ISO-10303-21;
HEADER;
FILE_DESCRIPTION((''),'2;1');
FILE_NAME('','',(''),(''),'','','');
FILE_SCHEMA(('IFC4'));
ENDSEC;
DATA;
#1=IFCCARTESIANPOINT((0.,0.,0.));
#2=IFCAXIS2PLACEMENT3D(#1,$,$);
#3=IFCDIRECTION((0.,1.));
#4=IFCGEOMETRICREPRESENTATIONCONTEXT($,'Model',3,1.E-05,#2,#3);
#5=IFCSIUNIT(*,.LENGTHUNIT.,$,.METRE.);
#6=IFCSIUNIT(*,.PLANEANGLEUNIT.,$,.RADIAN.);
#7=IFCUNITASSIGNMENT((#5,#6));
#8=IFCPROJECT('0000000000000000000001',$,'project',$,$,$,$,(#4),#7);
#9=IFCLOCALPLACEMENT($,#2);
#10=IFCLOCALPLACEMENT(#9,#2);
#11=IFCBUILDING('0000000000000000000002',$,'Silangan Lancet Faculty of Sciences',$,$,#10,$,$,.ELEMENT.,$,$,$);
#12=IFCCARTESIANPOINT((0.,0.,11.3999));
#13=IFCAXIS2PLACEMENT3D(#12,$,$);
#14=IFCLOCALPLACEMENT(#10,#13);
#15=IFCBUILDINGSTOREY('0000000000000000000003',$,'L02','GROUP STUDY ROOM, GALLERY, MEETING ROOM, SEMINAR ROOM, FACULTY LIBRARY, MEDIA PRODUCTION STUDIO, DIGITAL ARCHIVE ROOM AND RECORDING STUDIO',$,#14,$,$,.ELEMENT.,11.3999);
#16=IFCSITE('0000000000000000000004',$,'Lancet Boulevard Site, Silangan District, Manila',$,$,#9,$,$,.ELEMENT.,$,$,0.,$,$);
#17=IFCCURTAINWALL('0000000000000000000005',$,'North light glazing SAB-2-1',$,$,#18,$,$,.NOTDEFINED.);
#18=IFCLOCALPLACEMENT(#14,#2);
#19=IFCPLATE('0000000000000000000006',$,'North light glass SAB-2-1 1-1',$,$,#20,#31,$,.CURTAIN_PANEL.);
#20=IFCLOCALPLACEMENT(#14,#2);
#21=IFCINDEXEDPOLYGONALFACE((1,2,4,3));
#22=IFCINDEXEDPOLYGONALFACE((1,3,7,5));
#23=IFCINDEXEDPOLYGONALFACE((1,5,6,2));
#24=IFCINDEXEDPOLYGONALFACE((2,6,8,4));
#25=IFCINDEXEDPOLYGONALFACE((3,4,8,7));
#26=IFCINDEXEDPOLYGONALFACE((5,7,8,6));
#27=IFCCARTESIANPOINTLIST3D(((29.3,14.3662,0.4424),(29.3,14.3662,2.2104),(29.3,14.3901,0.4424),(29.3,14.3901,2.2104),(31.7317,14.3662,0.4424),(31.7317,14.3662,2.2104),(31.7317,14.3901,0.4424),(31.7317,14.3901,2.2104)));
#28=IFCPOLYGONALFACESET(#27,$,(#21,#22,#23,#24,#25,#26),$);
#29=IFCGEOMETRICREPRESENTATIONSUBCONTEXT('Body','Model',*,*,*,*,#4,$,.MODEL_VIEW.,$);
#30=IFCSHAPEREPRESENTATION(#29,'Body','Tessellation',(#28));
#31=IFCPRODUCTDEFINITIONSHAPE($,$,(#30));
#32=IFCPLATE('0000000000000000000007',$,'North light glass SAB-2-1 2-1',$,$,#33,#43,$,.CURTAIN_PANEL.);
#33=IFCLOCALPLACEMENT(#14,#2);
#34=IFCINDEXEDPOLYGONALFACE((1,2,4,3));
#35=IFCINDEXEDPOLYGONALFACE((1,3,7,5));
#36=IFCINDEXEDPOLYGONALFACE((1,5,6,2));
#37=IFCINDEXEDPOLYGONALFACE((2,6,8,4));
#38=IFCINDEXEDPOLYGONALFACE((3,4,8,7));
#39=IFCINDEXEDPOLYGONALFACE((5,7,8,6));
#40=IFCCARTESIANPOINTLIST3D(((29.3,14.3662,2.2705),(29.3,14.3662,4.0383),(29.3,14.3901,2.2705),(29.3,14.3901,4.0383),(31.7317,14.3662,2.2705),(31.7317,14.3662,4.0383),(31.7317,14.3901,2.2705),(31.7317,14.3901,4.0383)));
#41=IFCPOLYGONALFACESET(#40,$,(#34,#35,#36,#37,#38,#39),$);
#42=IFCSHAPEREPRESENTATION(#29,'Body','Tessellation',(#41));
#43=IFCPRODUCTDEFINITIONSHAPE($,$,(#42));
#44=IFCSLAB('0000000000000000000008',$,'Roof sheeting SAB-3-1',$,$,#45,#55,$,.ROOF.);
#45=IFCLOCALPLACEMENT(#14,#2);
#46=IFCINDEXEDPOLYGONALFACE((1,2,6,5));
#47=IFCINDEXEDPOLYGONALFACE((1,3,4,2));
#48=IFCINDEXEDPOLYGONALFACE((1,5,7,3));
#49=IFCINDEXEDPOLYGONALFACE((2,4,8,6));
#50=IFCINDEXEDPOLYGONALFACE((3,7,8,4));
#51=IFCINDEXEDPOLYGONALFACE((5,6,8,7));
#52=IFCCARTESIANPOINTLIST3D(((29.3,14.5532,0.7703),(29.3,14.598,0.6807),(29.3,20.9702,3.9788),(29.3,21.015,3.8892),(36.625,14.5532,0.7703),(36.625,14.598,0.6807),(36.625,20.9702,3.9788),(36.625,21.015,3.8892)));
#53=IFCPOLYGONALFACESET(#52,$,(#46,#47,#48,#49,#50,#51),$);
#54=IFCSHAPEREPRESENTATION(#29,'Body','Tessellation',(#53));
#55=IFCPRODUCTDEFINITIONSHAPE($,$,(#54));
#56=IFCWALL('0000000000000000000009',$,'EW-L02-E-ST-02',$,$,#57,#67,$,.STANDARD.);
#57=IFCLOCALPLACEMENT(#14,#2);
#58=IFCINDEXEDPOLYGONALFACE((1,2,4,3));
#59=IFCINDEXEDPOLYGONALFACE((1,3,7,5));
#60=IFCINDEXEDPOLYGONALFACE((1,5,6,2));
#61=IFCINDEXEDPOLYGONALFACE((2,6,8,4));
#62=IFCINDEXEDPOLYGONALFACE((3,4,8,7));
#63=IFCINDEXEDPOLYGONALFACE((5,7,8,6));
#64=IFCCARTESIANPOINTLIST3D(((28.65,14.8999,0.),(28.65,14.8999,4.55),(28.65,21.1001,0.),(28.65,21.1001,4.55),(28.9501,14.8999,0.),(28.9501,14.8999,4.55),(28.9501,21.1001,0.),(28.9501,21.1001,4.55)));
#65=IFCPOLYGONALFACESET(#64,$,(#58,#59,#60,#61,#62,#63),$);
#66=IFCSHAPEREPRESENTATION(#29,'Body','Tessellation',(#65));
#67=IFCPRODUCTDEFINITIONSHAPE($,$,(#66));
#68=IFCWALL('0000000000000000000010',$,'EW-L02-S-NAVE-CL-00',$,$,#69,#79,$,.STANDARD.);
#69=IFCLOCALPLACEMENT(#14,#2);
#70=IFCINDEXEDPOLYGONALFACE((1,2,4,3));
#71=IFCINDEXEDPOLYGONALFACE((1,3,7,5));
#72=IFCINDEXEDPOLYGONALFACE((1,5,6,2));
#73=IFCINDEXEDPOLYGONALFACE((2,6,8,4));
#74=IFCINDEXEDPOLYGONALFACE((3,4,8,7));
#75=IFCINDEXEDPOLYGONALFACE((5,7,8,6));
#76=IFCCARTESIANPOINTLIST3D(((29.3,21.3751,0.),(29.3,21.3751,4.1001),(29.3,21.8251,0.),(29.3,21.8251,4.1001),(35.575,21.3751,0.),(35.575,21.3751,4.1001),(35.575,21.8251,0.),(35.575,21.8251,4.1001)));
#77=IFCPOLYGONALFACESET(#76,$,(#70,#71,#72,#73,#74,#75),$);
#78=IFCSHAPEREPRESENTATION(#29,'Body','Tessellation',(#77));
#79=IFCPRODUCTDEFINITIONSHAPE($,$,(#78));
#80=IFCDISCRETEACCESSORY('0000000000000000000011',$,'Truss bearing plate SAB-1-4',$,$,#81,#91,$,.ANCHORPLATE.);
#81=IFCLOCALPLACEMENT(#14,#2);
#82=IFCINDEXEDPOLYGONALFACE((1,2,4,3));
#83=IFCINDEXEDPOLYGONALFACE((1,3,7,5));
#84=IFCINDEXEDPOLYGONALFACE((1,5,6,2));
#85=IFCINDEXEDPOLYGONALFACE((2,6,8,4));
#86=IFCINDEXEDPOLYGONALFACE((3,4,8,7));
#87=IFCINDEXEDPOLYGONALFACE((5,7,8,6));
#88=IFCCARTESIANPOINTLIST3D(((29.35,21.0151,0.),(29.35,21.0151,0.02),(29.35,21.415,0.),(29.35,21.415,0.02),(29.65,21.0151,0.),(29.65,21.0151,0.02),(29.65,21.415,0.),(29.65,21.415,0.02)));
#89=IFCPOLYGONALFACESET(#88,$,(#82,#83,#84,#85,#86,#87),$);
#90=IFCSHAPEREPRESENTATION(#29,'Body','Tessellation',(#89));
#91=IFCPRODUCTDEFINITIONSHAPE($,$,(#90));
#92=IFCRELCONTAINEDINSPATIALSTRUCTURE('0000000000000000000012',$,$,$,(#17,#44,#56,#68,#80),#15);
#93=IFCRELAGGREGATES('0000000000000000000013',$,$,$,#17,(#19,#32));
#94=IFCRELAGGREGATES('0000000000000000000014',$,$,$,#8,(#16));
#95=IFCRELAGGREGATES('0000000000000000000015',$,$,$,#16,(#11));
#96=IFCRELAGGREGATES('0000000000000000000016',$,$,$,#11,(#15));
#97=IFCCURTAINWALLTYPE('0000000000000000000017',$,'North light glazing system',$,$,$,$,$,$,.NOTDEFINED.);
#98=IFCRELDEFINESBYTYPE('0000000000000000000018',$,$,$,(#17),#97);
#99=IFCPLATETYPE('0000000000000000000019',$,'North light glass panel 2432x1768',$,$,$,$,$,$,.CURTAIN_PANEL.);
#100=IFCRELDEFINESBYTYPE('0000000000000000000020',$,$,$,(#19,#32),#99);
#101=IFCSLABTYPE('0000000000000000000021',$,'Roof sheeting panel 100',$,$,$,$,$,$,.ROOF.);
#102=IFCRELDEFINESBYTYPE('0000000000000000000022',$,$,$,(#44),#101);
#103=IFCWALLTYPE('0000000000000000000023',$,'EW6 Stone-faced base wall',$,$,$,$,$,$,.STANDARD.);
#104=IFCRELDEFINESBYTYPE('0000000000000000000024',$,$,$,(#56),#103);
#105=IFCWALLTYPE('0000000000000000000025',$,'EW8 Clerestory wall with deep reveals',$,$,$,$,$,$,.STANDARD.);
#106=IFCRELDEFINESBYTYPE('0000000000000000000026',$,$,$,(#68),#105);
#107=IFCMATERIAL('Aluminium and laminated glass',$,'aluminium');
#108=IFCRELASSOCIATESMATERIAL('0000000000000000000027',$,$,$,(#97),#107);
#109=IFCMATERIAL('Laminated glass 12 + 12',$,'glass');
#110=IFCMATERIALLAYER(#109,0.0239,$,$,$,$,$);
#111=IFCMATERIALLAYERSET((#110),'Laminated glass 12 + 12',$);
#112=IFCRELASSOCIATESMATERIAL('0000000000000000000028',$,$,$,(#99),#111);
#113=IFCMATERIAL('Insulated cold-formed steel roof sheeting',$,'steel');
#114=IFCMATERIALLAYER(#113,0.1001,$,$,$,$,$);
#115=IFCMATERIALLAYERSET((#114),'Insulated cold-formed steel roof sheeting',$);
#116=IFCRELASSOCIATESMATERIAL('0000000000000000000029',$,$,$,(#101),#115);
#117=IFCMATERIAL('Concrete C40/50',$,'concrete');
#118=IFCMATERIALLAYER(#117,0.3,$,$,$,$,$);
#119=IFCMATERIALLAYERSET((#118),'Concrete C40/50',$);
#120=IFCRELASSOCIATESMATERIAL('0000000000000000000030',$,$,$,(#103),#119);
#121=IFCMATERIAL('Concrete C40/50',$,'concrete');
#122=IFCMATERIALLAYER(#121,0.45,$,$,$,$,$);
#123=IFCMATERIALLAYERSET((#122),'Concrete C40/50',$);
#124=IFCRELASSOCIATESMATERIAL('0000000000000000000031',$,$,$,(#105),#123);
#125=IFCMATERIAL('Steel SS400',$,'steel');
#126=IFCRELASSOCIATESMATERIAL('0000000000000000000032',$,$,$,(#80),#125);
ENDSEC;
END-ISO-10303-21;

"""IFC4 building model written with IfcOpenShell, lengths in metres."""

from ifc_helpers import new_model, si_unit, direction, frame, frame_2d, origin, origin_2d, place, context, subcontext, project, spatial, polyline, rectangle, outline, extrude, material, layer, layer_set, type_object, element, aggregate, save


model = new_model("IFC4")

# Units and contexts
model_context = context("Model", 3, precision=1e-05, world=origin(), true_north=direction((0.0, 1.0)))
body_context = subcontext(model_context, "Body", "Model", "MODEL_VIEW")
ifc_project = project(units=[si_unit("LENGTHUNIT", "METRE"), si_unit("PLANEANGLEUNIT", "RADIAN")], contexts=[model_context])

# Site, building, storey
site_placement = place(None, origin())
site = spatial("IfcSite", under=ifc_project, at=site_placement, Name="Lancet Boulevard Site, Silangan District, Manila", CompositionType="ELEMENT", RefElevation=0.0)
building_placement = place(site_placement, origin())
building = spatial("IfcBuilding", under=site, at=building_placement, Name="Silangan Lancet Faculty of Sciences", CompositionType="ELEMENT")
storey_placement = place(building_placement, frame((0.0, 0.0, 11.3999)))
storey = spatial("IfcBuildingStorey", under=building, at=storey_placement, Name="L02", Description="GROUP STUDY ROOM, GALLERY, MEETING ROOM, SEMINAR ROOM, FACULTY LIBRARY, MEDIA PRODUCTION STUDIO, DIGITAL ARCHIVE ROOM AND RECORDING STUDIO", CompositionType="ELEMENT", Elevation=11.3999)

# Curtain wall
ifc_material_1 = material(Name="Aluminium and laminated glass", Category="aluminium")
curtain_wall_type = type_object("IfcCurtainWallType", Name="North light glazing system", PredefinedType="NOTDEFINED", material=ifc_material_1)
curtain_wall_placement = place(storey_placement, origin())
curtain_wall = element("IfcCurtainWall", 1, at=curtain_wall_placement, inside=storey, type_object=curtain_wall_type, Name="North light glazing SAB-2-1", PredefinedType="NOTDEFINED")

# Plates
ifc_material_2 = material(Name="Laminated glass 12 + 12", Category="glass")
ifc_layer_1 = layer(ifc_material_2, 0.0239)
ifc_layer_set_1 = layer_set([ifc_layer_1], Name="Laminated glass 12 + 12")
plate_type_1 = type_object("IfcPlateType", Name="North light glass panel 2432x1768", PredefinedType="CURTAIN_PANEL", material=ifc_layer_set_1)
plate_1_placement = place(storey_placement, frame((29.3, 14.3662, 0.4424), z_axis=(0.0, -1.0, 0.0), x_axis=(1.0, 0.0, 0.0)))
plate_1 = element("IfcPlate", 2, at=plate_1_placement, type_object=plate_type_1, Name="North light glass SAB-2-1 1-1", PredefinedType="CURTAIN_PANEL", context=body_context, shape_type="SweptSolid", body=[
    extrude(outline(polyline([(0.0, 0.0), (2.4316, 0.0), (2.4316, 1.7681), (0.0, 1.7681), (0.0, 0.0)])), origin(), (0.0, 0.0, -1.0), 0.0239),
])
plate_2_placement = place(storey_placement, frame((29.3, 14.3662, 2.2705), z_axis=(0.0, -1.0, 0.0), x_axis=(1.0, 0.0, 0.0)))
plate_2 = element("IfcPlate", 3, at=plate_2_placement, type_object=plate_type_1, Name="North light glass SAB-2-1 2-1", PredefinedType="CURTAIN_PANEL", context=body_context, shape_type="SweptSolid", body=[
    extrude(outline(polyline([(0.0, 0.0), (2.4316, 0.0), (2.4316, 1.7678), (0.0, 1.7678), (0.0, 0.0)])), origin(), (0.0, 0.0, -1.0), 0.0239),
])
aggregate(curtain_wall, [plate_1, plate_2])

# Slab
ifc_material_3 = material(Name="Insulated cold-formed steel roof sheeting", Category="steel")
ifc_layer_2 = layer(ifc_material_3, 0.1001)
ifc_layer_set_2 = layer_set([ifc_layer_2], Name="Insulated cold-formed steel roof sheeting")
slab_type = type_object("IfcSlabType", Name="Roof sheeting panel 100", PredefinedType="ROOF", material=ifc_layer_set_2)
slab_placement = place(storey_placement, frame((29.3, 14.5532, 0.7703), z_axis=(0.0, -0.447214, 0.894427), x_axis=(1.0, 0.0, 0.0)))
element("IfcSlab", 4, at=slab_placement, inside=storey, type_object=slab_type, Name="Roof sheeting SAB-3-1", PredefinedType="ROOF", context=body_context, shape_type="SweptSolid", body=[
    extrude(outline(polyline([(0.0, 0.0), (7.325, 0.0), (7.325, 7.1744), (0.0, 7.1744), (0.0, 0.0)])), origin(), (0.0, 0.0, -1.0), 0.1001),
])

# Walls
ifc_material_4 = material(Name="Concrete C40/50", Category="concrete")
ifc_layer_3 = layer(ifc_material_4, 0.3)
ifc_layer_set_3 = layer_set([ifc_layer_3], Name="Concrete C40/50")
wall_type_1 = type_object("IfcWallType", Name="EW6 Stone-faced base wall", PredefinedType="STANDARD", material=ifc_layer_set_3)
wall_1_placement = place(storey_placement, frame((28.8, 14.8999, 0.0), z_axis=(0.0, 0.0, 1.0), x_axis=(0.0, 1.0, 0.0)))
element("IfcWall", 5, at=wall_1_placement, inside=storey, type_object=wall_type_1, Name="EW-L02-E-ST-02", PredefinedType="STANDARD", context=body_context, shape_type="SweptSolid", body=[
    extrude(rectangle(XDim=6.2002, YDim=0.3, at=frame_2d((3.1001, 0.0))), origin(), (0.0, 0.0, 1.0), 4.55),
])
ifc_material_5 = material(Name="Concrete C40/50", Category="concrete")
ifc_layer_4 = layer(ifc_material_5, 0.45)
ifc_layer_set_4 = layer_set([ifc_layer_4], Name="Concrete C40/50")
wall_type_2 = type_object("IfcWallType", Name="EW8 Clerestory wall with deep reveals", PredefinedType="STANDARD", material=ifc_layer_set_4)
wall_2_placement = place(storey_placement, frame((29.3, 21.6001, 0.0), z_axis=(0.0, 0.0, 1.0), x_axis=(1.0, 0.0, 0.0)))
element("IfcWall", 6, at=wall_2_placement, inside=storey, type_object=wall_type_2, Name="EW-L02-S-NAVE-CL-00", PredefinedType="STANDARD", context=body_context, shape_type="SweptSolid", body=[
    extrude(rectangle(XDim=6.2749, YDim=0.45, at=frame_2d((3.1375, 0.0))), origin(), (0.0, 0.0, 1.0), 4.1001),
])

# Discrete accessory
ifc_material_6 = material(Name="Steel SS400", Category="steel")
discrete_accessory_placement = place(storey_placement, frame((29.5, 21.2151, 0.0), z_axis=(0.0, 0.0, 1.0), x_axis=(1.0, 0.0, 0.0)))
element("IfcDiscreteAccessory", 7, at=discrete_accessory_placement, inside=storey, material=ifc_material_6, Name="Truss bearing plate SAB-1-4", PredefinedType="ANCHORPLATE", context=body_context, shape_type="SweptSolid", body=[
    extrude(rectangle(XDim=0.3, YDim=0.3999, at=origin_2d()), origin(), (0.0, 0.0, 1.0), 0.02),
])

save(model, "model.ifc")
